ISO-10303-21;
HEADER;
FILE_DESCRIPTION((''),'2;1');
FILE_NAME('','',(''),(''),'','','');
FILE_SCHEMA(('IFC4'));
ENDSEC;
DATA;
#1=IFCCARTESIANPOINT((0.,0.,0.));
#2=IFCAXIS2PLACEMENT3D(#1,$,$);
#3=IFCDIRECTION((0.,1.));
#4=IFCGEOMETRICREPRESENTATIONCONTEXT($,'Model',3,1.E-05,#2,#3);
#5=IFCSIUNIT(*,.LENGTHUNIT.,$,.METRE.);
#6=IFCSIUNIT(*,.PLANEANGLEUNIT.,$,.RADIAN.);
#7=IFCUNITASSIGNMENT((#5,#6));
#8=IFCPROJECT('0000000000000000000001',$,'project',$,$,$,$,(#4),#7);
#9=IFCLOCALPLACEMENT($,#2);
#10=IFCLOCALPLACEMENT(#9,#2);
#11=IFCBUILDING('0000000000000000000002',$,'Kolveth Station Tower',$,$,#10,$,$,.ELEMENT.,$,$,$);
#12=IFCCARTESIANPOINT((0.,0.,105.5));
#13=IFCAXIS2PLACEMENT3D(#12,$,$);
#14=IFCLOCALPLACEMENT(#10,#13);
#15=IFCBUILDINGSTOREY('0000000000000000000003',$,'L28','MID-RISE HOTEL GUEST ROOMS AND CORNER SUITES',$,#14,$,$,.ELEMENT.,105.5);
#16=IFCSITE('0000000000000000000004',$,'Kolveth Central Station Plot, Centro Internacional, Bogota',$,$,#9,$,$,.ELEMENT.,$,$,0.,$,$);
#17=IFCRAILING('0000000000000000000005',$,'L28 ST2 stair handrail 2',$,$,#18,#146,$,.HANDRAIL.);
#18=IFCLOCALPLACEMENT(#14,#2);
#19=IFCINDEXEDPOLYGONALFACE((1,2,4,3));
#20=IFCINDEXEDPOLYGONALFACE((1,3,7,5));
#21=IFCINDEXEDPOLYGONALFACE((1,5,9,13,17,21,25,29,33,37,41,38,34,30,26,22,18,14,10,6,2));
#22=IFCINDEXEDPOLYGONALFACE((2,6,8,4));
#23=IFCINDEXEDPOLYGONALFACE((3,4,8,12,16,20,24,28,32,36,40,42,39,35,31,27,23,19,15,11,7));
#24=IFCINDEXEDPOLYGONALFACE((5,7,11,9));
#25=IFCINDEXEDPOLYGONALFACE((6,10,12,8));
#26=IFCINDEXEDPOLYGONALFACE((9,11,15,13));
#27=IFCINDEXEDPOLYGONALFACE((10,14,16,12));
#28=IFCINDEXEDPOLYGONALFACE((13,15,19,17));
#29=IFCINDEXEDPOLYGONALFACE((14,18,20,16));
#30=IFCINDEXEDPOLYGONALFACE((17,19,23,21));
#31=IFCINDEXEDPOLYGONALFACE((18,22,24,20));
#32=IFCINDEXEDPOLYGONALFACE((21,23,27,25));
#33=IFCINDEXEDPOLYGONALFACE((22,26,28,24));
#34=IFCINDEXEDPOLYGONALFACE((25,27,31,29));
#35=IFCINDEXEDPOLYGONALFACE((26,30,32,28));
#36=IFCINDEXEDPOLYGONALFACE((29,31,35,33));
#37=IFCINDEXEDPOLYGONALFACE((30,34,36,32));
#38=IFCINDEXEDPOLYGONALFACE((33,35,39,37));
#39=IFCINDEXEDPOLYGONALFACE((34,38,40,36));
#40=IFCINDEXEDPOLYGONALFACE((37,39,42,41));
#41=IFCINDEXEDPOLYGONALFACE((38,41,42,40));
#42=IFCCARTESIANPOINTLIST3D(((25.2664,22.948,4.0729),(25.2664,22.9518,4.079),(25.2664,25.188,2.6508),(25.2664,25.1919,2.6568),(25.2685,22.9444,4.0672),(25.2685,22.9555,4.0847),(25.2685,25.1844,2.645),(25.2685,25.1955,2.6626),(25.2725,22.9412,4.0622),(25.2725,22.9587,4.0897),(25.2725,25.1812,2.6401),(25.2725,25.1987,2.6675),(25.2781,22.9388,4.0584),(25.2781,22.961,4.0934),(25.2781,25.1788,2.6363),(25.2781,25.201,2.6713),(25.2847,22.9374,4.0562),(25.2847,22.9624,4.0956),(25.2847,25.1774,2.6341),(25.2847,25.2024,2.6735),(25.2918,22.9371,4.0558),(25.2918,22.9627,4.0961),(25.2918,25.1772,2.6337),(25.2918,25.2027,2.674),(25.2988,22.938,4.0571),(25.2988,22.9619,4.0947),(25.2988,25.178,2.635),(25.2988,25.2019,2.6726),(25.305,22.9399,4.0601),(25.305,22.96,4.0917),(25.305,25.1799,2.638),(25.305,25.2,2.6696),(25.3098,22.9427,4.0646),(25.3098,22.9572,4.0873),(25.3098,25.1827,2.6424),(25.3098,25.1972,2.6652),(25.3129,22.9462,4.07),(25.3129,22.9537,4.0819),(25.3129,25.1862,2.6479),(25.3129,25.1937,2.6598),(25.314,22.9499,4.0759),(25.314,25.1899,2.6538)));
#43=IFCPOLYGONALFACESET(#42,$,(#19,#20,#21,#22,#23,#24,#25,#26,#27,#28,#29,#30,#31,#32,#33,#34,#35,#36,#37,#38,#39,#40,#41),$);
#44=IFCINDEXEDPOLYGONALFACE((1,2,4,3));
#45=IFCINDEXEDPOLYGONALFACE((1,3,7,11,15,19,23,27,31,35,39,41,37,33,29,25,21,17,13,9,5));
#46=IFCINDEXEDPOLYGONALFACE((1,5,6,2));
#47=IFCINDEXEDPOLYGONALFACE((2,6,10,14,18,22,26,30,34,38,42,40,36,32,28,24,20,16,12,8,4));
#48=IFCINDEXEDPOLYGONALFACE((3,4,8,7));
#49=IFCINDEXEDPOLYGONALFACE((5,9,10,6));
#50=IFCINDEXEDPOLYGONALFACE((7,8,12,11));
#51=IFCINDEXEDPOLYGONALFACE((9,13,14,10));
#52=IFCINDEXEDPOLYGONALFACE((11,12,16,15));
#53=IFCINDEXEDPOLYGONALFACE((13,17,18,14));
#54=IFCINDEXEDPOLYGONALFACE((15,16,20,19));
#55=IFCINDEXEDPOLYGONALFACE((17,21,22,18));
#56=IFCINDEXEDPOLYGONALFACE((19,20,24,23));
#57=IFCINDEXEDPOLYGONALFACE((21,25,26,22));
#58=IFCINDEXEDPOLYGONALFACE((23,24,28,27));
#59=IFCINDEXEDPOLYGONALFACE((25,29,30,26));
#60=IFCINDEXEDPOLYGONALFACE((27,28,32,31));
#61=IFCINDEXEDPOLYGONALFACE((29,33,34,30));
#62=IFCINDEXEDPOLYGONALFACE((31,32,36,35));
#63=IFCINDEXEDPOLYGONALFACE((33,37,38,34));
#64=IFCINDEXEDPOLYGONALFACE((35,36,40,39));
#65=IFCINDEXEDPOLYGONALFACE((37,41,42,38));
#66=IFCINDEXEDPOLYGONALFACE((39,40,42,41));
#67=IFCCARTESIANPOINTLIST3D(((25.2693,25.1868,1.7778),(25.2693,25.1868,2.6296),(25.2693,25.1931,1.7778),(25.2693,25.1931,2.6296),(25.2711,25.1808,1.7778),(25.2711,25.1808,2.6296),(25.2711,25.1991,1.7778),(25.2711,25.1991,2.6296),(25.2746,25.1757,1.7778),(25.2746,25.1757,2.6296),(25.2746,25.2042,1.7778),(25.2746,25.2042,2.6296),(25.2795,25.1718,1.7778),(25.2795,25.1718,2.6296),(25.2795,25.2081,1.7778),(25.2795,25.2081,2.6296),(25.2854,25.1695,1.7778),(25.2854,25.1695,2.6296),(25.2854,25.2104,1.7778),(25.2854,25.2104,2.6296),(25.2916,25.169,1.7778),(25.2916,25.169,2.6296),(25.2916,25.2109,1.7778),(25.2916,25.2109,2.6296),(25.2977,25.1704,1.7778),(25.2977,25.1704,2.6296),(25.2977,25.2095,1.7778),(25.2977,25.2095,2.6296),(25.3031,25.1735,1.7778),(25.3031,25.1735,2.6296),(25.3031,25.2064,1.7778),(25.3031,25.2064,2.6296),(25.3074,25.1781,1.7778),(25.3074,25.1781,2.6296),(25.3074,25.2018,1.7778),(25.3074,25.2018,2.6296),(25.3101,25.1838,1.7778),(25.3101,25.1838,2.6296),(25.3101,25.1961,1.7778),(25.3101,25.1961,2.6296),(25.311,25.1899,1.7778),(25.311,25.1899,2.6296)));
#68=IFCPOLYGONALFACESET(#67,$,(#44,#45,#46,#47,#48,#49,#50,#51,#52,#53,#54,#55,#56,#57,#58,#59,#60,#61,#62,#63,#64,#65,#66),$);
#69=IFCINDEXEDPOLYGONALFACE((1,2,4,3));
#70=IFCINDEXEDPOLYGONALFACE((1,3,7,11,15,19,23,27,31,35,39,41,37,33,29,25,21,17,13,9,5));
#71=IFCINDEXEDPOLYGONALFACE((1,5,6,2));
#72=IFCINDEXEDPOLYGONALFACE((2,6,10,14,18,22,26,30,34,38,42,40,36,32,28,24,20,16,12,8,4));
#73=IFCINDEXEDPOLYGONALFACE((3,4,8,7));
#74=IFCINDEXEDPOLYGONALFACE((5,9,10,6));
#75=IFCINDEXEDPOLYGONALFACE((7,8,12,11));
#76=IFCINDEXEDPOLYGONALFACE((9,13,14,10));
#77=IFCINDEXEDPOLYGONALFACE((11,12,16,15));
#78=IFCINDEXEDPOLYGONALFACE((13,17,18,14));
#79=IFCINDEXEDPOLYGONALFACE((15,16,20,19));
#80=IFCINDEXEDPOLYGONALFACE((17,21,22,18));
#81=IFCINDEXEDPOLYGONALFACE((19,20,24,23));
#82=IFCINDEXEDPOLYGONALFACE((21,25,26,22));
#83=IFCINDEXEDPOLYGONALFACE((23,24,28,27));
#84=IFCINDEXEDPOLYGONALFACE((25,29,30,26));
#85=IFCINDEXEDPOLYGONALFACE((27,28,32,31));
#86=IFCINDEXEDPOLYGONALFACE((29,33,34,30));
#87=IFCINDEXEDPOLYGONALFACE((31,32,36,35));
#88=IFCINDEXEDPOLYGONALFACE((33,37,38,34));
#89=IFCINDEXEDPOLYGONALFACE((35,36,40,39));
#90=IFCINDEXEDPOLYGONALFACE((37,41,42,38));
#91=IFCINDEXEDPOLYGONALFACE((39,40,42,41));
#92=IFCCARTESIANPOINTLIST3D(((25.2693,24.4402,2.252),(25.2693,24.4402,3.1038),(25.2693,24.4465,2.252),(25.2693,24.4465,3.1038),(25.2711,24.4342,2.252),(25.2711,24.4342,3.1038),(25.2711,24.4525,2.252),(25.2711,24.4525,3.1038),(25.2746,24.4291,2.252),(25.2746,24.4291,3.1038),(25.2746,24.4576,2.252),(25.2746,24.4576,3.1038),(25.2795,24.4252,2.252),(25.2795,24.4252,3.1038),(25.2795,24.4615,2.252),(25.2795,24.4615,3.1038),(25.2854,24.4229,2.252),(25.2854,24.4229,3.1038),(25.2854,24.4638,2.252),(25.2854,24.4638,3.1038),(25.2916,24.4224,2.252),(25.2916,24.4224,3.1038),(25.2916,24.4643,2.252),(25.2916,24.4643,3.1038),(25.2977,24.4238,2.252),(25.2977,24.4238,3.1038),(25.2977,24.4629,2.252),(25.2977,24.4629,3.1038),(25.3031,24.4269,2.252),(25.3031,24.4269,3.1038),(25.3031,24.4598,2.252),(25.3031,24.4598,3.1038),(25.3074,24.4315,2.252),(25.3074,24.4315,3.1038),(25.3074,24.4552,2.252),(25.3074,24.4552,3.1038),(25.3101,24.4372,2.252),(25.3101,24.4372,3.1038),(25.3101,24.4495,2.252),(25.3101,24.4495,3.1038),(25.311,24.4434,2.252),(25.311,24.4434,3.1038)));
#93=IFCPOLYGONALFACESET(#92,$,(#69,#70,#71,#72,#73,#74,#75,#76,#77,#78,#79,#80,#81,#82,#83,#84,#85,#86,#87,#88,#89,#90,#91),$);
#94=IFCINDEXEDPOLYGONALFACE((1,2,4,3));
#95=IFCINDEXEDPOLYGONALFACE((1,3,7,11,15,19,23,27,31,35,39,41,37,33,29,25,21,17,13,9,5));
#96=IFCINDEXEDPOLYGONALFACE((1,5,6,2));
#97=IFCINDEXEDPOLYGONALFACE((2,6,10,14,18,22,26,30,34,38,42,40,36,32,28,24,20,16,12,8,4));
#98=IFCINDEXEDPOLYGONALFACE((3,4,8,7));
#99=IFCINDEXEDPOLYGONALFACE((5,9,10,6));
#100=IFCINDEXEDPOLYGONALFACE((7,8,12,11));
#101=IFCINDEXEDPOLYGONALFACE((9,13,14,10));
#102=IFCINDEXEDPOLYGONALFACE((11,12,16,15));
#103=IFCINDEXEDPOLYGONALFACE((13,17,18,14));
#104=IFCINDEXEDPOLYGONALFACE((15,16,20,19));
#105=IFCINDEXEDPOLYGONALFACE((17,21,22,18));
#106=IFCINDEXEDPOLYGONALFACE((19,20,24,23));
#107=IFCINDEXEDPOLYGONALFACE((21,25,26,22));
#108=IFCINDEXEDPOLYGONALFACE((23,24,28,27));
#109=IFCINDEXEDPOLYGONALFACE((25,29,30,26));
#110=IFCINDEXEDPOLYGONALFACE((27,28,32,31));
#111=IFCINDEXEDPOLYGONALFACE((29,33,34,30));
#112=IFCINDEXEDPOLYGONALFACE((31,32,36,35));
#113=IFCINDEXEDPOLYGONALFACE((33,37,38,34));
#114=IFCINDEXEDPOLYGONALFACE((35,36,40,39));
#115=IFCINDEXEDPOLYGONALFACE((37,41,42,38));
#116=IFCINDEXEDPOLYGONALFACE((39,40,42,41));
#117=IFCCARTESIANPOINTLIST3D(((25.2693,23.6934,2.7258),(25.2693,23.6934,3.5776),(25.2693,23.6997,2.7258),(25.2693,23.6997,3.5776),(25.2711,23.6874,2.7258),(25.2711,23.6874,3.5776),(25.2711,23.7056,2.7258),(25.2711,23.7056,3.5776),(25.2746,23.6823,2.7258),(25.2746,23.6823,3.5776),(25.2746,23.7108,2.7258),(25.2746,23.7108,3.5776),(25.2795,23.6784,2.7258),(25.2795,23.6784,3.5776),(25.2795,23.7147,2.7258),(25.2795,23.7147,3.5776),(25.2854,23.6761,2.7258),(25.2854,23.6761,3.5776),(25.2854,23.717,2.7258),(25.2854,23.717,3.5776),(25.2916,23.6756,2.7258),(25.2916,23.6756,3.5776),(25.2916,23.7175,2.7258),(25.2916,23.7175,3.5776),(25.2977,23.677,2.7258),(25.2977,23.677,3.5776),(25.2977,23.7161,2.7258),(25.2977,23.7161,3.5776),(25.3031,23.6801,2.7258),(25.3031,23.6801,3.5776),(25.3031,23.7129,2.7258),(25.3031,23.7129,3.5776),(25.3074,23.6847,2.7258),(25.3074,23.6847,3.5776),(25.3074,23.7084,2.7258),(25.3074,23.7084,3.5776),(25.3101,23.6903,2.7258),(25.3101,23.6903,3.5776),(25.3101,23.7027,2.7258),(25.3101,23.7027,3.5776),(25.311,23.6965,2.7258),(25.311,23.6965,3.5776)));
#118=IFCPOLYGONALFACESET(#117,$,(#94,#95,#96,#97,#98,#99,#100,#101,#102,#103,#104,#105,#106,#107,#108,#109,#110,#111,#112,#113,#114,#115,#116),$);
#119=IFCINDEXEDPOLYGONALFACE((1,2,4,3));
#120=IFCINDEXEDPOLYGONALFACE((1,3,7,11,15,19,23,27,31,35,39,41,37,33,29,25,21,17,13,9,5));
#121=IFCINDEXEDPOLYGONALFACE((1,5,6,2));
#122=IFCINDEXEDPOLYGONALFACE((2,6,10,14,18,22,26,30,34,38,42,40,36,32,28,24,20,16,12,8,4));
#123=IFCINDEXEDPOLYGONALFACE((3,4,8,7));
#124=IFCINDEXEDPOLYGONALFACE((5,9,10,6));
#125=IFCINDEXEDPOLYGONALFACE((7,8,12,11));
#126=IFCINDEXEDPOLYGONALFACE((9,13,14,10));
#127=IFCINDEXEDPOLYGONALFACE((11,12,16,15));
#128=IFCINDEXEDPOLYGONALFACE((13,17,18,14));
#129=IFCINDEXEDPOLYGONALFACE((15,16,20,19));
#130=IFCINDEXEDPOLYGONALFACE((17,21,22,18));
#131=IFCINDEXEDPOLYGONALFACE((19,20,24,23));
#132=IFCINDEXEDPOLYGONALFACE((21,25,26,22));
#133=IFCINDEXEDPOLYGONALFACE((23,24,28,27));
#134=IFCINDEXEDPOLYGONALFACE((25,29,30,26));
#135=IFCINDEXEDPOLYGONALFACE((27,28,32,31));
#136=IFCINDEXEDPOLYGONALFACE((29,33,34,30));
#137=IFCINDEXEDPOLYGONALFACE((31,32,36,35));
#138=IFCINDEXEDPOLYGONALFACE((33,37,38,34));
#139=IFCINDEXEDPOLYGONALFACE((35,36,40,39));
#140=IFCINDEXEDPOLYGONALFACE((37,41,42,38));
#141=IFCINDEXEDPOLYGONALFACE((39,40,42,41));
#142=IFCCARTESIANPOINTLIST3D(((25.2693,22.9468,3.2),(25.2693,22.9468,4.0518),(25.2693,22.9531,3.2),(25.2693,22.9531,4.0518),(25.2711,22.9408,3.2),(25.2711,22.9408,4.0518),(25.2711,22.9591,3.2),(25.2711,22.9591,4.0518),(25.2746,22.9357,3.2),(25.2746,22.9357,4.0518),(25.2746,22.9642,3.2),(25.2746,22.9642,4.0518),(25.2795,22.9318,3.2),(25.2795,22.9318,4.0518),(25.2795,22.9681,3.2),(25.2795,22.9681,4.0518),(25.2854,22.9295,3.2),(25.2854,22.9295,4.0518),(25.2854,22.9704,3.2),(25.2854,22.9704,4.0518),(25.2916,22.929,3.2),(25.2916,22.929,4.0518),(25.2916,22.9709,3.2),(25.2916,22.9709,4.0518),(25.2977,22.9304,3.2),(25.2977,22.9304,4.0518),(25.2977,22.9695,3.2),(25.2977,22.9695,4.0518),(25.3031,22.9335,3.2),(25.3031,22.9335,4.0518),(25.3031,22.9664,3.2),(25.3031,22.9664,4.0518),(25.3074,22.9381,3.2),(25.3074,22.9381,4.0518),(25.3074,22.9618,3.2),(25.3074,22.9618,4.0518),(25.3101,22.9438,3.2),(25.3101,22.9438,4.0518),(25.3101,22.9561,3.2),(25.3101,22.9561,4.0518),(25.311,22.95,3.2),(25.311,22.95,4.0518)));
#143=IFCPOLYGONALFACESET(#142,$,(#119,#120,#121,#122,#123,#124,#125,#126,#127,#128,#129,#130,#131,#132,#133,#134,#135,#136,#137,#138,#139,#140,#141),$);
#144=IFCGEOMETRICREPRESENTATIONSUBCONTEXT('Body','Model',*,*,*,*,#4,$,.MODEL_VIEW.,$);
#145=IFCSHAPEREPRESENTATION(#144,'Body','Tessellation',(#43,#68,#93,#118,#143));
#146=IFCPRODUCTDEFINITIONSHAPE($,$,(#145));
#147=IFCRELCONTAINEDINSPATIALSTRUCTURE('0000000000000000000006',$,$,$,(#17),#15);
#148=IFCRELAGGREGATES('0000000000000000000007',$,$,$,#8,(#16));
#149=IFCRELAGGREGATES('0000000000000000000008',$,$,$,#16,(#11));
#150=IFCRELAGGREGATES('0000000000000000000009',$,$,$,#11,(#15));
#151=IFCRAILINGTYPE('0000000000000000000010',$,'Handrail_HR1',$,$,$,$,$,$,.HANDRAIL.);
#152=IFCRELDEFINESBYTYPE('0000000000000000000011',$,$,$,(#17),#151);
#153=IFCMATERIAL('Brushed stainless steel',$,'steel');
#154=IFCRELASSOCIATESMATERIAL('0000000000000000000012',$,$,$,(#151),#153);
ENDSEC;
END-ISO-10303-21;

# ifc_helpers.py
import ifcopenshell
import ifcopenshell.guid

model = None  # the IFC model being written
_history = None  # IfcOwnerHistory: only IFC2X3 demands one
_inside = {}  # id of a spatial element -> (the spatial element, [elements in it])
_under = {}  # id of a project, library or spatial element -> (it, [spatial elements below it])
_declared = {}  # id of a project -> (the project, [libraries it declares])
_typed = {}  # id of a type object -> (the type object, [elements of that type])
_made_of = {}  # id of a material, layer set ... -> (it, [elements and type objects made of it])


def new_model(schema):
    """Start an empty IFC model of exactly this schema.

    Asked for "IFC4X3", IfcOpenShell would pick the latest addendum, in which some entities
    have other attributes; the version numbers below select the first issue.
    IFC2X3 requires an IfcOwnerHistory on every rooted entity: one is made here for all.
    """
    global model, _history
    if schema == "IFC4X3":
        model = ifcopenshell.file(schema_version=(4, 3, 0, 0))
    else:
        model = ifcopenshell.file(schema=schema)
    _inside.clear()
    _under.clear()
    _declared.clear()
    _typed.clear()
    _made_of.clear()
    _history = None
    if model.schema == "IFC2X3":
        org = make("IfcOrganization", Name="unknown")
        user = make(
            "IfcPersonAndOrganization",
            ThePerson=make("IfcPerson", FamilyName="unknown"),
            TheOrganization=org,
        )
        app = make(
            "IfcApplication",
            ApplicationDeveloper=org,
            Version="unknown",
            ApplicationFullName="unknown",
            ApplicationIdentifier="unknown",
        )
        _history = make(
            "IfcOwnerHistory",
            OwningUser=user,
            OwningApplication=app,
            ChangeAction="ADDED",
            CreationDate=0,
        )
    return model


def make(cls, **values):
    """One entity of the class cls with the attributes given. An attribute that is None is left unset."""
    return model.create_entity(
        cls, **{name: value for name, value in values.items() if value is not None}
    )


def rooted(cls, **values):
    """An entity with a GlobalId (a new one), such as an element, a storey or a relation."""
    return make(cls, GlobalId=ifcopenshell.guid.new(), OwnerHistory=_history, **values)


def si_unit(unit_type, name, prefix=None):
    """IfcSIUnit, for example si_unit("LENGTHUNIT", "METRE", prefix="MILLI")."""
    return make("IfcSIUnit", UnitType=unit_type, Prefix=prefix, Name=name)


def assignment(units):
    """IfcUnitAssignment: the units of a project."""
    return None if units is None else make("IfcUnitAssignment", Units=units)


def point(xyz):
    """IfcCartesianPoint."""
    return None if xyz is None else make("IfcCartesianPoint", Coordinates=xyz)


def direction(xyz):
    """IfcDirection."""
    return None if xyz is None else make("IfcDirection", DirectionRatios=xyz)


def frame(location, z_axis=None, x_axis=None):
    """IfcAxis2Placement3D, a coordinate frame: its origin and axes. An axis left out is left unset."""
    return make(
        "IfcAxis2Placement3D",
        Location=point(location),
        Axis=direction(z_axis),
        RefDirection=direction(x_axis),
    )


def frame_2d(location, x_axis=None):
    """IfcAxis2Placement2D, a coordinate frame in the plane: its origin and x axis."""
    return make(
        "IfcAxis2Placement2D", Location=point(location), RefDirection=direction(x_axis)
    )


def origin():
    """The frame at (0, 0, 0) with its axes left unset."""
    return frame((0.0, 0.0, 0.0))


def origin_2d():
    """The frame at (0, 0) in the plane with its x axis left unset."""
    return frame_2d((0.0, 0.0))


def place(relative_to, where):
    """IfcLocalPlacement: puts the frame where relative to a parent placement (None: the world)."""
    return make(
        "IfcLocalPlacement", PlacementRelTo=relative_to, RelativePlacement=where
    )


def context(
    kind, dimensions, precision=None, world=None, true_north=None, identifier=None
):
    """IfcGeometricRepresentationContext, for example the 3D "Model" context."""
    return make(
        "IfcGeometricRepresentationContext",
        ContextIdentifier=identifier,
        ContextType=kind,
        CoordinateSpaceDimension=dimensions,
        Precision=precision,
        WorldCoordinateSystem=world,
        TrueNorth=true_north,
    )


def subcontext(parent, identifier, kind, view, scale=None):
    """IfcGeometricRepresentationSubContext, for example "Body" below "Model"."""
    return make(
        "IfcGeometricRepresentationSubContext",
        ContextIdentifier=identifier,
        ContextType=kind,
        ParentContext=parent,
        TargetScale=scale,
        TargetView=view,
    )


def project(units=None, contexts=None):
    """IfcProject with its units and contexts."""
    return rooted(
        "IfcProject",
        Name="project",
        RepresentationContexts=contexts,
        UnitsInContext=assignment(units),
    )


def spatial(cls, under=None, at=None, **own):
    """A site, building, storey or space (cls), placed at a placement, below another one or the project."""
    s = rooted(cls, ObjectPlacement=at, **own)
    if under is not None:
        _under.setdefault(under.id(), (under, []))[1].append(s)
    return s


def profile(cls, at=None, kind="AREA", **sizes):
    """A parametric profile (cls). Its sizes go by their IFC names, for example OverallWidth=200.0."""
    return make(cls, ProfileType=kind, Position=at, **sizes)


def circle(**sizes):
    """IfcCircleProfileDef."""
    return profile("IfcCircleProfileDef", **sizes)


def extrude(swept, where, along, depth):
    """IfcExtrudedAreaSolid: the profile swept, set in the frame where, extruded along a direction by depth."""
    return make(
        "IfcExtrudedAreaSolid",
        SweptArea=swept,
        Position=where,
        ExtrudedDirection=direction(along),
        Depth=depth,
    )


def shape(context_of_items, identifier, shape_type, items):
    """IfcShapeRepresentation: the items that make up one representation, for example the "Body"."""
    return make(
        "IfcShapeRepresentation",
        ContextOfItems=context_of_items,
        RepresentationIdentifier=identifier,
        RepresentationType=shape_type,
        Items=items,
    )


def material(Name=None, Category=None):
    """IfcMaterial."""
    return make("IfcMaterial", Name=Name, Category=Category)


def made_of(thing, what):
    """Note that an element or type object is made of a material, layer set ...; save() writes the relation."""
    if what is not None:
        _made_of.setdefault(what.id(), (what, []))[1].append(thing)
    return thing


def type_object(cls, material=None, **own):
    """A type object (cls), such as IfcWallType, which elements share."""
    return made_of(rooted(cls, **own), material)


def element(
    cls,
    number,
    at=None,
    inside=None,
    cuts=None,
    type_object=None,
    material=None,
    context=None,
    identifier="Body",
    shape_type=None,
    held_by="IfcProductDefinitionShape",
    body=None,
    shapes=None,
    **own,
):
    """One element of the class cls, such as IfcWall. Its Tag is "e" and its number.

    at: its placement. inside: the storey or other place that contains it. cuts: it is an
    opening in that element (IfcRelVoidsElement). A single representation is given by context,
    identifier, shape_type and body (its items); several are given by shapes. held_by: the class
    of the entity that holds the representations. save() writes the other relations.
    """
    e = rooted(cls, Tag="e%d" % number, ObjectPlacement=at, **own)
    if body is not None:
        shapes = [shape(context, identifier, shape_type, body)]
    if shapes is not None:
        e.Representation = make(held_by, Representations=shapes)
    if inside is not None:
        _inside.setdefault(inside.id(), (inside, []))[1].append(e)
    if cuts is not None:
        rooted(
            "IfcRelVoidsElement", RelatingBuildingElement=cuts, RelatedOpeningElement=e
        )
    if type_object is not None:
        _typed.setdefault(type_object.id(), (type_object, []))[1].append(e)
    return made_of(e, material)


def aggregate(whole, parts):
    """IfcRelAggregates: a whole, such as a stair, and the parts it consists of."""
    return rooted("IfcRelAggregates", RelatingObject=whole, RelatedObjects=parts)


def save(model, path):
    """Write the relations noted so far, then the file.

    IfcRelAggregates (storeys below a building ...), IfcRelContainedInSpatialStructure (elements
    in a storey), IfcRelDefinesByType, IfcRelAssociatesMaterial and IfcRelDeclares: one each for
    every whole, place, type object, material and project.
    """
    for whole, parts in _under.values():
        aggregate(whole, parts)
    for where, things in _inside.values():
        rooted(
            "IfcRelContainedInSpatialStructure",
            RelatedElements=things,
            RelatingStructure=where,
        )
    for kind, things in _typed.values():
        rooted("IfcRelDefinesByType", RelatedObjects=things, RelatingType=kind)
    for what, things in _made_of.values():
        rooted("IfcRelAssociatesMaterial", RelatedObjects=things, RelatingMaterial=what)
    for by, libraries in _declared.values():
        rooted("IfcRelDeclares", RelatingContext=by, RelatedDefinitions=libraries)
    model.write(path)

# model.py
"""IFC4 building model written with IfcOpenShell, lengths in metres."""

from ifc_helpers import new_model, si_unit, direction, frame, origin, origin_2d, place, context, subcontext, project, spatial, circle, extrude, material, type_object, element, save


model = new_model("IFC4")

# Units and contexts
model_context = context("Model", 3, precision=1e-05, world=origin(), true_north=direction((0.0, 1.0)))
body_context = subcontext(model_context, "Body", "Model", "MODEL_VIEW")
ifc_project = project(units=[si_unit("LENGTHUNIT", "METRE"), si_unit("PLANEANGLEUNIT", "RADIAN")], contexts=[model_context])

# Site, building, storey
site_placement = place(None, origin())
site = spatial("IfcSite", under=ifc_project, at=site_placement, Name="Kolveth Central Station Plot, Centro Internacional, Bogota", CompositionType="ELEMENT", RefElevation=0.0)
building_placement = place(site_placement, origin())
building = spatial("IfcBuilding", under=site, at=building_placement, Name="Kolveth Station Tower", CompositionType="ELEMENT")
storey_placement = place(building_placement, frame((0.0, 0.0, 105.5)))
storey = spatial("IfcBuildingStorey", under=building, at=storey_placement, Name="L28", Description="MID-RISE HOTEL GUEST ROOMS AND CORNER SUITES", CompositionType="ELEMENT", Elevation=105.5)

# Railing
ifc_material_1 = material(Name="Brushed stainless steel", Category="steel")
railing_type_1 = type_object("IfcRailingType", Name="Handrail_HR1", PredefinedType="HANDRAIL", material=ifc_material_1)
railing_1_placement = place(storey_placement, frame((25.29, 25.1899, 1.7778)))
element("IfcRailing", 1, at=railing_1_placement, inside=storey, type_object=railing_type_1, Name="L28 ST2 stair handrail 2", PredefinedType="HANDRAIL", context=body_context, shape_type="SweptSolid", body=[
    extrude(circle(Radius=0.0239, at=origin_2d()), frame((0.0, 0.0, 0.876), z_axis=(0.0, -0.844229, 0.535982), x_axis=(1.0, 0.0, 0.0)), (0.0, 0.0, 1.0), 2.6533),
    extrude(circle(Radius=0.021, at=origin_2d()), origin(), (0.0, 0.0, 1.0), 0.8518),
    extrude(circle(Radius=0.021, at=origin_2d()), frame((0.0, -0.7466, 0.4741)), (0.0, 0.0, 1.0), 0.8518),
    extrude(circle(Radius=0.021, at=origin_2d()), frame((0.0, -1.4934, 0.948)), (0.0, 0.0, 1.0), 0.8518),
    extrude(circle(Radius=0.021, at=origin_2d()), frame((0.0, -2.24, 1.4221)), (0.0, 0.0, 1.0), 0.8518),
])

save(model, "model.ifc")
